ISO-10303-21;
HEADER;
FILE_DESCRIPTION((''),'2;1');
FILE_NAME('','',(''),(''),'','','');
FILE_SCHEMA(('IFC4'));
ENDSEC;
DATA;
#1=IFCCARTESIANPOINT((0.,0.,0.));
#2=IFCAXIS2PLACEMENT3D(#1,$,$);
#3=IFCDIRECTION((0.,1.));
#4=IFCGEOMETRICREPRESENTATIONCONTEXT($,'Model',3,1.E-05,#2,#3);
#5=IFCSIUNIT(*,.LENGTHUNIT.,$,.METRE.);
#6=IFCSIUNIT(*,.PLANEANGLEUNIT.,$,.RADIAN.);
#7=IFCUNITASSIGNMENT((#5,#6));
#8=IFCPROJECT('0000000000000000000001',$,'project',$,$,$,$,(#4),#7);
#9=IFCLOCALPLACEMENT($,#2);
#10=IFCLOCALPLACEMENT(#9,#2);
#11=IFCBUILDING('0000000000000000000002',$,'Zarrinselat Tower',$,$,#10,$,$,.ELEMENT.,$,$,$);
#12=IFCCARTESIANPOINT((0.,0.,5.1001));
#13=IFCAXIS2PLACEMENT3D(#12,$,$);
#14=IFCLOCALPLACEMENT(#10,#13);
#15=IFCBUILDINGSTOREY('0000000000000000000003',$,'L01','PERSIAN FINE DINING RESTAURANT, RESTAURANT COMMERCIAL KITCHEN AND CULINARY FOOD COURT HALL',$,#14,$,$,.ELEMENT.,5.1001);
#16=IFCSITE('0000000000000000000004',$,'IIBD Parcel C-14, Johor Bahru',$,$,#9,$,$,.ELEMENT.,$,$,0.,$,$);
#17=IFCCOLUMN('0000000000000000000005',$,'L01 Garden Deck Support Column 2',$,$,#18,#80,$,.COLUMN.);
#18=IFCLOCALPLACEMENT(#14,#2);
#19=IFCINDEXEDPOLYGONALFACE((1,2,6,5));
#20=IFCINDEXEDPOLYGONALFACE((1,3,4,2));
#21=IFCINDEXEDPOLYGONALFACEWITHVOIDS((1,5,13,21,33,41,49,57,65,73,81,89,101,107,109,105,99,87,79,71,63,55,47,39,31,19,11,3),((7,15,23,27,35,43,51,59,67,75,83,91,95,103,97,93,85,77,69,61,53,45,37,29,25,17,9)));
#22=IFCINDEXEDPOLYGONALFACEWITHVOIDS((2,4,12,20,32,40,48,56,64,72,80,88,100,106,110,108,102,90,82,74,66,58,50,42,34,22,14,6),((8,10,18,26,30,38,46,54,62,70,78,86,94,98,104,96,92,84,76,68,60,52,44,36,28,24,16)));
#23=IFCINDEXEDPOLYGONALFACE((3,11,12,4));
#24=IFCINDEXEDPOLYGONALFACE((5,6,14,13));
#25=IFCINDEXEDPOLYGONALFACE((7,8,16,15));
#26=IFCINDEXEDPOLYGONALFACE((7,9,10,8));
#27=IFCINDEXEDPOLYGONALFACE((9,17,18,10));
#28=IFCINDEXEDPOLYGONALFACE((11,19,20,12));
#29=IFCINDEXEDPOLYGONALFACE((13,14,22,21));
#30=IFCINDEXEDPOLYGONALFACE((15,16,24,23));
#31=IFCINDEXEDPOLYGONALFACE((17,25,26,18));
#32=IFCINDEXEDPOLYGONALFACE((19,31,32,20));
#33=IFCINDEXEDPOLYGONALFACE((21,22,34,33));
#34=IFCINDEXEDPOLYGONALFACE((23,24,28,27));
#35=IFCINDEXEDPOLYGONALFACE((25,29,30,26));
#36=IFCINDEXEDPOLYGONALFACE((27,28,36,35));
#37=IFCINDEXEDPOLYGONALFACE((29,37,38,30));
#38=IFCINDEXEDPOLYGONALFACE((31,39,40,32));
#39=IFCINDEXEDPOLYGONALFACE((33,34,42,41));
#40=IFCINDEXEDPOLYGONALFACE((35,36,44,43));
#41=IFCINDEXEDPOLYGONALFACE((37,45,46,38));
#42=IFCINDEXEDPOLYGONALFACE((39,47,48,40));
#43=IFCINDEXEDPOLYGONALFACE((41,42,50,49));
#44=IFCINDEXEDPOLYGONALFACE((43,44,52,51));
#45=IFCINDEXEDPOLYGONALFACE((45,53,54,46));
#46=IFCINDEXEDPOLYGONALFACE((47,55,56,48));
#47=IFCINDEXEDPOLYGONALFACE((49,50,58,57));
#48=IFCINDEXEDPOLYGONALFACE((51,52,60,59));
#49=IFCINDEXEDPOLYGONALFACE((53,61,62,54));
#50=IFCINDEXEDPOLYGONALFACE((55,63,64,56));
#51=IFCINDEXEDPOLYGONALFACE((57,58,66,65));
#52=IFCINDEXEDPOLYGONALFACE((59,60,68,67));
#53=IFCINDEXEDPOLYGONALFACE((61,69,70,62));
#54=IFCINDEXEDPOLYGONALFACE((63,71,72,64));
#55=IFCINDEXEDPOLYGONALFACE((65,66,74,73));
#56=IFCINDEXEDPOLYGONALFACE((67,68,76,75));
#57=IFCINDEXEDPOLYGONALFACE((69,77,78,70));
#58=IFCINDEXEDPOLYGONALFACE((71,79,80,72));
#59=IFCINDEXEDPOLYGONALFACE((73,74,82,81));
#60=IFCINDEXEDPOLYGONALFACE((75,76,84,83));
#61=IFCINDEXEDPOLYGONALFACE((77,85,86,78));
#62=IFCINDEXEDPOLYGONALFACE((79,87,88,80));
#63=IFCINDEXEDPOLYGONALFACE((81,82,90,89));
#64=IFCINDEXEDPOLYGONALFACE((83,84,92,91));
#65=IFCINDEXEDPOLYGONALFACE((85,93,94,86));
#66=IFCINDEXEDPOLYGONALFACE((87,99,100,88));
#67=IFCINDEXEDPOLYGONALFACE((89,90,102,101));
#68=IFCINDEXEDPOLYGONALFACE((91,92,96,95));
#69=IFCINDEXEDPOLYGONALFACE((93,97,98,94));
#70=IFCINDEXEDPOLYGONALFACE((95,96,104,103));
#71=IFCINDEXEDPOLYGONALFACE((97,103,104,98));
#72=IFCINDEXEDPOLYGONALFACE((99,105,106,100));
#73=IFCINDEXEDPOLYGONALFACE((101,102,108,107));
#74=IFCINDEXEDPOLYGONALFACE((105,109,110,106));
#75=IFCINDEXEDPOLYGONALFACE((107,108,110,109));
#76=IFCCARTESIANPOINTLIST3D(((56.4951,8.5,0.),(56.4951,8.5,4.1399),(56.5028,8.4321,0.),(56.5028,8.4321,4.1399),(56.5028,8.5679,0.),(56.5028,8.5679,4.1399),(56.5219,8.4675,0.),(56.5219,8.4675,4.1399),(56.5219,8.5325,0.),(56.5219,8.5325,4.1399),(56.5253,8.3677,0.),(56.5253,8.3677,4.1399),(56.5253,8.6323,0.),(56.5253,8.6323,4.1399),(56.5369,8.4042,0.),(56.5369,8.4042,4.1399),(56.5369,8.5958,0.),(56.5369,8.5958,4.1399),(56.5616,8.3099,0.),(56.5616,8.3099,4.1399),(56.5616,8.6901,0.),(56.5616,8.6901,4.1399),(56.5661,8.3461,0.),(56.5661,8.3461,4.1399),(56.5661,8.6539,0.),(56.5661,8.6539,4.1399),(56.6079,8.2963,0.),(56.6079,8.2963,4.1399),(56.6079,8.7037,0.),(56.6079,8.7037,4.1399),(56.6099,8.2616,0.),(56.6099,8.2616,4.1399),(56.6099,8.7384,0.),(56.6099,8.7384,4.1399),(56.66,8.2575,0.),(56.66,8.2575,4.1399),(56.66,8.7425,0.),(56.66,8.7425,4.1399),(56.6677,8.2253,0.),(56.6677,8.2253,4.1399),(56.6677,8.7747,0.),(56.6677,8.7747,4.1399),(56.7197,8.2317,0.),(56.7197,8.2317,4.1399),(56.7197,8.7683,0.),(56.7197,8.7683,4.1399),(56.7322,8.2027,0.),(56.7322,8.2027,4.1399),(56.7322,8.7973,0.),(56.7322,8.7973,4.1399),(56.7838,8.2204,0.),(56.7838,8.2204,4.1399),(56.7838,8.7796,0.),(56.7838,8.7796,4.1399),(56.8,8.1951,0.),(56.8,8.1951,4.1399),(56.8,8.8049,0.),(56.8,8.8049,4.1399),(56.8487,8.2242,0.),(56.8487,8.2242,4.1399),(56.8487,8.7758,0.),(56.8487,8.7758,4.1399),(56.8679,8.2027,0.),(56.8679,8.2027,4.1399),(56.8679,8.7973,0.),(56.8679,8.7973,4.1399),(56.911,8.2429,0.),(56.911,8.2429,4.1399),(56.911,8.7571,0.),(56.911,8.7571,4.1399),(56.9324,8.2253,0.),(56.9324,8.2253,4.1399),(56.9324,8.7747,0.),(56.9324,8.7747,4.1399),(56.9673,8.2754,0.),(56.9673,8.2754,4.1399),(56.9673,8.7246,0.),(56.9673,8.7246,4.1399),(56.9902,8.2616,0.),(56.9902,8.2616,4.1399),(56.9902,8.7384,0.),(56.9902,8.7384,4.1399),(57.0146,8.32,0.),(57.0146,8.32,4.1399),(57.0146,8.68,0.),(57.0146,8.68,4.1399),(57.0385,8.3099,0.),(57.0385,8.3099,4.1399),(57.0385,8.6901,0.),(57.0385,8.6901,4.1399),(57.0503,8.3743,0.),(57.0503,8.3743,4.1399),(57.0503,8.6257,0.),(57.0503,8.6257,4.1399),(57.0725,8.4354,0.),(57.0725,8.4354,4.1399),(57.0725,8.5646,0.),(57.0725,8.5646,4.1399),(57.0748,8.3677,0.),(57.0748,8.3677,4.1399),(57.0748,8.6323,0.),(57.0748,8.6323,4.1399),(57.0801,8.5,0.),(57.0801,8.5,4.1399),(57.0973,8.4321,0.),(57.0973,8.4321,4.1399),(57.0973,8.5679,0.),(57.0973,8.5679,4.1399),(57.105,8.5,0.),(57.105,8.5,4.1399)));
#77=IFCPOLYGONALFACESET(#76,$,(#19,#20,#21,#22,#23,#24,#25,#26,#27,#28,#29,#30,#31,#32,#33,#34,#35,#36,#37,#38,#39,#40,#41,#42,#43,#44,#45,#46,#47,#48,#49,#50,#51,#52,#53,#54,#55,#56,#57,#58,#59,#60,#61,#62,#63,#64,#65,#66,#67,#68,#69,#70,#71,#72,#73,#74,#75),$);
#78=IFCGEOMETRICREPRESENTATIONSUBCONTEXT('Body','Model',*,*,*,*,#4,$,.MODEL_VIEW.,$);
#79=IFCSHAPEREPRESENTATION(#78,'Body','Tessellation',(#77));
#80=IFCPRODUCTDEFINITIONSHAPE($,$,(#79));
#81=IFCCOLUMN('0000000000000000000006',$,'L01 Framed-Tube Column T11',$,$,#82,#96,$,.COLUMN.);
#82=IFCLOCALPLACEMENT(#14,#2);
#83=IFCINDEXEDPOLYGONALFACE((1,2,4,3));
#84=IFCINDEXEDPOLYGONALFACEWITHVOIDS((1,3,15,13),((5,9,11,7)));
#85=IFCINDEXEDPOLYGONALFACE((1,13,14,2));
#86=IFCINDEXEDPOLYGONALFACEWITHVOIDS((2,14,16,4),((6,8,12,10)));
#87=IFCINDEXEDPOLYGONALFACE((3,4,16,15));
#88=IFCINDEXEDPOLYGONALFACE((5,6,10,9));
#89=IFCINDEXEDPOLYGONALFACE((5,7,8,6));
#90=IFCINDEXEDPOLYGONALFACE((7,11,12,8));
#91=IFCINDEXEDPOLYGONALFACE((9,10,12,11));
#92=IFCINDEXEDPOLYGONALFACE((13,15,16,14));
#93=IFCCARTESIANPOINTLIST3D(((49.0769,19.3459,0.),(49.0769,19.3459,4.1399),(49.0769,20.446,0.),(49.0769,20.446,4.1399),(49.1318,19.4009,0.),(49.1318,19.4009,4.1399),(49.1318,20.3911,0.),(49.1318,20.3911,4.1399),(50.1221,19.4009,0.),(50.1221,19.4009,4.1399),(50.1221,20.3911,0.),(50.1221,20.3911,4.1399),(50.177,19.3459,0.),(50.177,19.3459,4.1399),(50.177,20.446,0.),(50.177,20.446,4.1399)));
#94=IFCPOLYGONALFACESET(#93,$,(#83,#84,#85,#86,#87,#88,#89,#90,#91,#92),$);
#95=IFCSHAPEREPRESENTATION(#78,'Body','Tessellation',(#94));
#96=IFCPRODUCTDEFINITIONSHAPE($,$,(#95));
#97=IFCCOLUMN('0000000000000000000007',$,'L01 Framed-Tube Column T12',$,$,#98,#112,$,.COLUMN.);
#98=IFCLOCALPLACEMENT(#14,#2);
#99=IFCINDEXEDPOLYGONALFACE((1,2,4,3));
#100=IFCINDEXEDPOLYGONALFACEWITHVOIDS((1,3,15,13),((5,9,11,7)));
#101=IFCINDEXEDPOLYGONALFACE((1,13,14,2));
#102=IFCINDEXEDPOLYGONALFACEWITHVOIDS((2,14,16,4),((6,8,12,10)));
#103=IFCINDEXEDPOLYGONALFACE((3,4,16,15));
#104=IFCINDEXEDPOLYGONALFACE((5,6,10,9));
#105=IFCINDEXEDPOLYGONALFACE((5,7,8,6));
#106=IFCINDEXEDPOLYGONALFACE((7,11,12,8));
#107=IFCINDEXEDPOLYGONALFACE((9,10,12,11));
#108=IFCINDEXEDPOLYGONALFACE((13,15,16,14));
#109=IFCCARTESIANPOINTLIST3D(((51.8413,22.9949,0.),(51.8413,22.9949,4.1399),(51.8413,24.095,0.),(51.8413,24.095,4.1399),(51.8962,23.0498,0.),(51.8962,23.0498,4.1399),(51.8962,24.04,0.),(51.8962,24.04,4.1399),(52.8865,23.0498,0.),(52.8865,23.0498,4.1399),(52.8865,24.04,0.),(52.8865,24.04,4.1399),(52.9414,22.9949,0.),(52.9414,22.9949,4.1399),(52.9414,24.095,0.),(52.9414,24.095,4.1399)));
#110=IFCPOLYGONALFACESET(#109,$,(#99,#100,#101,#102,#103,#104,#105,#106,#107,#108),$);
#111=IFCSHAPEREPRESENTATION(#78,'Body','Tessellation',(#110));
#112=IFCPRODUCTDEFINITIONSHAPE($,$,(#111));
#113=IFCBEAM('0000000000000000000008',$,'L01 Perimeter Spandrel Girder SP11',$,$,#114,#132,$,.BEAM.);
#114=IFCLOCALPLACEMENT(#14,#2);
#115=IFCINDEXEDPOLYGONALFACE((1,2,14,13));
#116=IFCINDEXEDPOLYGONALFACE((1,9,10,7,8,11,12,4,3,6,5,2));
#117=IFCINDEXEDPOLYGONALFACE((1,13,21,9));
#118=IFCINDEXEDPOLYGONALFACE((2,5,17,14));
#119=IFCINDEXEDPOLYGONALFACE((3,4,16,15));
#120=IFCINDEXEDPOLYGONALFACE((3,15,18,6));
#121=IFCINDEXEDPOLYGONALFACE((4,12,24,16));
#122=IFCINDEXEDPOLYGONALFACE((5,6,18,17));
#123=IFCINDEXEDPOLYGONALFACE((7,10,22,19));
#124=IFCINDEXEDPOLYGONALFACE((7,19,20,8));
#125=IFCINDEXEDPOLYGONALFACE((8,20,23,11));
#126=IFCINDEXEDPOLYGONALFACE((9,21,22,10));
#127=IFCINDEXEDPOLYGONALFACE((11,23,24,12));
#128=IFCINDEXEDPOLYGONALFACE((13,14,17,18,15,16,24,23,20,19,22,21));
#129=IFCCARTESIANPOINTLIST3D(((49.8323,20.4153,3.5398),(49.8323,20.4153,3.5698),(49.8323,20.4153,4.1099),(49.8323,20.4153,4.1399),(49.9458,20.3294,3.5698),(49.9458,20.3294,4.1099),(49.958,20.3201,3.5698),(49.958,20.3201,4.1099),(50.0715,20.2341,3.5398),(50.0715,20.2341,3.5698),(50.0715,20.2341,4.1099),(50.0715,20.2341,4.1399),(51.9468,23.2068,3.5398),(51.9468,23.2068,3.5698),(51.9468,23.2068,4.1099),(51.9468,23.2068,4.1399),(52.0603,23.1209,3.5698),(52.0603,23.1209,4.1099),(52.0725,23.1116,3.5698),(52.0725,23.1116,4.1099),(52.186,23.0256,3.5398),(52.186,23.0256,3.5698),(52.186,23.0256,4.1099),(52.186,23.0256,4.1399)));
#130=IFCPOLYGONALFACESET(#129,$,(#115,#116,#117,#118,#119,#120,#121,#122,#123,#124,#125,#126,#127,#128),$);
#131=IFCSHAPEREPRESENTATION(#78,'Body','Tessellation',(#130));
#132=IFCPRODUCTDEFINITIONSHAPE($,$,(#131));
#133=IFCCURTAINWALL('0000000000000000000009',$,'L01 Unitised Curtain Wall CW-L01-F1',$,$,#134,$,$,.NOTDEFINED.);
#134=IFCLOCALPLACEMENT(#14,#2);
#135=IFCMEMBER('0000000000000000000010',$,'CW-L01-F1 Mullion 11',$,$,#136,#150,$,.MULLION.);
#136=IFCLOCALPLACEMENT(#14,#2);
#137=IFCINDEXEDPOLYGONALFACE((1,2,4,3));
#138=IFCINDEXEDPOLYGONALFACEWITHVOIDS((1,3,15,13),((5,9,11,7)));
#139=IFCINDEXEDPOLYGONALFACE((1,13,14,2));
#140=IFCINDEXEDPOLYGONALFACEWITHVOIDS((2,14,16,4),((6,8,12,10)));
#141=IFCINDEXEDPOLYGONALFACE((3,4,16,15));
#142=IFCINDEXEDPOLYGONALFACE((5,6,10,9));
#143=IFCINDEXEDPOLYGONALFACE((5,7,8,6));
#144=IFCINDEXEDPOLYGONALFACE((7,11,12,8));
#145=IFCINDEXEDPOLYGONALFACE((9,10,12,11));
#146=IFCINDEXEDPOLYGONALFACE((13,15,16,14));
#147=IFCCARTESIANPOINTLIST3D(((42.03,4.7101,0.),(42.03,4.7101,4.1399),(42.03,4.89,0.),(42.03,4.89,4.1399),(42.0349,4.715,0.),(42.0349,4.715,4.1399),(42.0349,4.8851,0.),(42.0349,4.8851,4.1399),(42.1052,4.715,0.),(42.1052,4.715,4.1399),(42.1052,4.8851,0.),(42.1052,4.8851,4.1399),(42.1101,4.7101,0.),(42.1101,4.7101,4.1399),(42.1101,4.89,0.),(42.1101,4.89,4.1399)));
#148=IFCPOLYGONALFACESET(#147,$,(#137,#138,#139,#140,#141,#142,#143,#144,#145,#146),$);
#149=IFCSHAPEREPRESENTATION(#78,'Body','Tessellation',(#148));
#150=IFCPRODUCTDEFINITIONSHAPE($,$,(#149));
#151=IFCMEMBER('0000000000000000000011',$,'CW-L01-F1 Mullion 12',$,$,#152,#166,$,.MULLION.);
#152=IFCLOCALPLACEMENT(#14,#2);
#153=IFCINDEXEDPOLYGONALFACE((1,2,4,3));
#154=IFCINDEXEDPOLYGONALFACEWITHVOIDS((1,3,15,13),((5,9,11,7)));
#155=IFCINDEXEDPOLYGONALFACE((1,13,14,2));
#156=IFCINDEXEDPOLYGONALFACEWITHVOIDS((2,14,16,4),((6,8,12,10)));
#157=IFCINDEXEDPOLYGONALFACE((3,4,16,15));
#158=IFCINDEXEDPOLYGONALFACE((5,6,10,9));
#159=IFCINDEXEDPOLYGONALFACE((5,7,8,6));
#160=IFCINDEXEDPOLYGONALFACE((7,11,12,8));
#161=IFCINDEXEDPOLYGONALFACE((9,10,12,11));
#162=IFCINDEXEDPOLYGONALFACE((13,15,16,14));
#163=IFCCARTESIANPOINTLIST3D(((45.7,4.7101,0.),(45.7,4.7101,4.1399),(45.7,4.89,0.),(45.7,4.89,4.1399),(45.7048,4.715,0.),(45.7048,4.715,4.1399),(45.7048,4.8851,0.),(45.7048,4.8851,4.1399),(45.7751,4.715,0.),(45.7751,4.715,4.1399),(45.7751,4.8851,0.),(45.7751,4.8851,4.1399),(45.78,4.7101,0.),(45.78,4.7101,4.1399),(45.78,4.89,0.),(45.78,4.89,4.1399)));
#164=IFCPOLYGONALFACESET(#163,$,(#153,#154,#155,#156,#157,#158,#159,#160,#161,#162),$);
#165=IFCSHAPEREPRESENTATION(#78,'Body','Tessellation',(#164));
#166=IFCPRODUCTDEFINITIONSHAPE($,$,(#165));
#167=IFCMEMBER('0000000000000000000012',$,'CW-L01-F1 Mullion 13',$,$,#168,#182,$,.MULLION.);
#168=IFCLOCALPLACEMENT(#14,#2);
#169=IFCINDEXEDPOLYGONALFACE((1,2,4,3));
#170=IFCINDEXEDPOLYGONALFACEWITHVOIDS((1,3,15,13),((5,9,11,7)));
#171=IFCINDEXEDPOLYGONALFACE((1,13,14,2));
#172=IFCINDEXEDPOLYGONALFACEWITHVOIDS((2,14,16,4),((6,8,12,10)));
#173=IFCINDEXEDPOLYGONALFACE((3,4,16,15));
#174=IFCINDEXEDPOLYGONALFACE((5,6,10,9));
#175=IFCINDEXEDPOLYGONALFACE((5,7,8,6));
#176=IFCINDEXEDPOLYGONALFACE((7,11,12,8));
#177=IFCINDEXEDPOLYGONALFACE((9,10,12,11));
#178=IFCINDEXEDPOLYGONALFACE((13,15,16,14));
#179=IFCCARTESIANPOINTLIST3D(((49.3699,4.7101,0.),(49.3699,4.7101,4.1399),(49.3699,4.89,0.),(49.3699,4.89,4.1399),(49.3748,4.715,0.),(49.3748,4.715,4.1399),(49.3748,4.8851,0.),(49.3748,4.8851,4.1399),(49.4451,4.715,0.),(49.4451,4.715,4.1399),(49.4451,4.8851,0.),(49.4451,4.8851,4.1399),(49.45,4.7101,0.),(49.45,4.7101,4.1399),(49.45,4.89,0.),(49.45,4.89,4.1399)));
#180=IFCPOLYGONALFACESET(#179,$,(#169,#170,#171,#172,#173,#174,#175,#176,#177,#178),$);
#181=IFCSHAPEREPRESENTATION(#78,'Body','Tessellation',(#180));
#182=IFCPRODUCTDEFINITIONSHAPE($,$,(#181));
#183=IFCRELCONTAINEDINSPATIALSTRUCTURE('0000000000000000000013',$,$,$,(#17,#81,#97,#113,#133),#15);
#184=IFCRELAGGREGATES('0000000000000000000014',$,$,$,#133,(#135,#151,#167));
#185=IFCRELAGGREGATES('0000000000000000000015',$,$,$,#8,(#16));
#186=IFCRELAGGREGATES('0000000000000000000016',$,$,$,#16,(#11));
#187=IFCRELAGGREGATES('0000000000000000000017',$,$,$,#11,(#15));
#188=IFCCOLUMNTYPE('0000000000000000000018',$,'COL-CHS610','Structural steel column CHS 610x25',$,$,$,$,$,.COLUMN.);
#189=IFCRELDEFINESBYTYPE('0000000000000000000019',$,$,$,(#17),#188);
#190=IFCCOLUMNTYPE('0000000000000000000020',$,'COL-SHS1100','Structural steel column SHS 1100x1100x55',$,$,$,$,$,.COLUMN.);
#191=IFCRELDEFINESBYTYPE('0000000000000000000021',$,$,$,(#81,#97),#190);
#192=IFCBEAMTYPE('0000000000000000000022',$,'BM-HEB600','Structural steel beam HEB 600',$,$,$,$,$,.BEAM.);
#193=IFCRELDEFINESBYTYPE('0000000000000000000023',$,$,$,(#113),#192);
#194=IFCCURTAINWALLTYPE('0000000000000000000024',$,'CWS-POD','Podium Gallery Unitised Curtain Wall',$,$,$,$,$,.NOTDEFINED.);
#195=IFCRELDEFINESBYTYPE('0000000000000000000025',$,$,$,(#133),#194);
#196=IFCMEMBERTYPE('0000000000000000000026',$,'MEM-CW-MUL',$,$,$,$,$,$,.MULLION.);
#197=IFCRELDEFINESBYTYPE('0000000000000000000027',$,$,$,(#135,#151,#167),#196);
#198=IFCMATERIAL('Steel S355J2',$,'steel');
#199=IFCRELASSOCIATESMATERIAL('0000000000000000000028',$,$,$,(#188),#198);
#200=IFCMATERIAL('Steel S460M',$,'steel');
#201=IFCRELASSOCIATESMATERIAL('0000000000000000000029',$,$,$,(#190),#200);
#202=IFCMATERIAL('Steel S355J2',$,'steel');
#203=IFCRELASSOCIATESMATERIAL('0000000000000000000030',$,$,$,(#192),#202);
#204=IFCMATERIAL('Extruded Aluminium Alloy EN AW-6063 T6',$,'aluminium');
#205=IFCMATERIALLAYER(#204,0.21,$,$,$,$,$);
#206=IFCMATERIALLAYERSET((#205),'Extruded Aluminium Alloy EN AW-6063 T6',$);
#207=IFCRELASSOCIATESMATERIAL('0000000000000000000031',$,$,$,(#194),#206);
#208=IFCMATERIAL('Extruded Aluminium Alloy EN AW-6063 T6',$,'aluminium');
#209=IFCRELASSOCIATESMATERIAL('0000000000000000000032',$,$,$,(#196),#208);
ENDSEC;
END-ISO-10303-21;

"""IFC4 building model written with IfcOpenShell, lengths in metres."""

from ifc_helpers import new_model, si_unit, direction, frame, origin, origin_2d, place, context, subcontext, project, spatial, hollow_rectangle, hollow_circle, i_section, extrude, material, layer, layer_set, material_profile, profile_set, type_object, element, aggregate, save


model = new_model("IFC4")

# Units and contexts
model_context = context("Model", 3, precision=1e-05, world=origin(), true_north=direction((0.0, 1.0)))
body_context = subcontext(model_context, "Body", "Model", "MODEL_VIEW")
ifc_project = project(units=[si_unit("LENGTHUNIT", "METRE"), si_unit("PLANEANGLEUNIT", "RADIAN")], contexts=[model_context])

# Site, building, storey
site_placement = place(None, origin())
site = spatial("IfcSite", under=ifc_project, at=site_placement, Name="IIBD Parcel C-14, Johor Bahru", CompositionType="ELEMENT", RefElevation=0.0)
building_placement = place(site_placement, origin())
building = spatial("IfcBuilding", under=site, at=building_placement, Name="Zarrinselat Tower", CompositionType="ELEMENT")
storey_placement = place(building_placement, frame((0.0, 0.0, 5.1001)))
storey = spatial("IfcBuildingStorey", under=building, at=storey_placement, Name="L01", Description="PERSIAN FINE DINING RESTAURANT, RESTAURANT COMMERCIAL KITCHEN AND CULINARY FOOD COURT HALL", CompositionType="ELEMENT", Elevation=5.1001)

# Columns
ifc_material_1 = material(Name="Steel S355J2", Category="steel")
ifc_material_profile_1 = material_profile(ifc_material_1, hollow_circle(Radius=0.3049, WallThickness=0.0249, at=origin_2d()), Name="CHS 610x25")
ifc_profile_set_1 = profile_set([ifc_material_profile_1], Name="Steel S355J2")
column_type_1 = type_object("IfcColumnType", Name="COL-CHS610", Description="Structural steel column CHS 610x25", PredefinedType="COLUMN", material=ifc_profile_set_1)
column_placement = place(storey_placement, frame((56.8, 8.5, 0.0), z_axis=(0.0, 0.0, 1.0), x_axis=(1.0, 0.0, 0.0)))
element("IfcColumn", 1, at=column_placement, inside=storey, type_object=column_type_1, Name="L01 Garden Deck Support Column 2", PredefinedType="COLUMN", context=body_context, shape_type="SweptSolid", body=[
    extrude(hollow_circle(Radius=0.3049, WallThickness=0.0249, at=origin_2d()), origin(), (0.0, 0.0, 1.0), 4.1399),
])
ifc_material_2 = material(Name="Steel S460M", Category="steel")
ifc_material_profile_2 = material_profile(ifc_material_2, hollow_rectangle(XDim=1.1001, YDim=1.1001, WallThickness=0.0549, at=origin_2d()), Name="SHS 1100x1100x55")
ifc_profile_set_2 = profile_set([ifc_material_profile_2], Name="Steel S460M")
column_type_2 = type_object("IfcColumnType", Name="COL-SHS1100", Description="Structural steel column SHS 1100x1100x55", PredefinedType="COLUMN", material=ifc_profile_set_2)
for number, where, z_axis, x_axis, name in (
    (2, (49.627, 19.896, 0.0), (0.0, 0.0, 1.0), (1.0, 0.0, 0.0), "L01 Framed-Tube Column T11"),
    (3, (52.3914, 23.5449, 0.0), (0.0, 0.0, 1.0), (1.0, 0.0, 0.0), "L01 Framed-Tube Column T12"),
):
    element("IfcColumn", number, at=place(storey_placement, frame(where, z_axis=z_axis, x_axis=x_axis)), inside=storey, type_object=column_type_2, Name=name, PredefinedType="COLUMN", context=body_context, shape_type="SweptSolid", body=[
        extrude(hollow_rectangle(XDim=1.1001, YDim=1.1001, WallThickness=0.0549, at=origin_2d()), origin(), (0.0, 0.0, 1.0), 4.1399),
    ])

# Beam
ifc_material_3 = material(Name="Steel S355J2", Category="steel")
ifc_material_profile_3 = material_profile(ifc_material_3, i_section(OverallWidth=0.3, OverallDepth=0.6001, WebThickness=0.0154, FlangeThickness=0.03, at=origin_2d()), Name="HEB 600")
ifc_profile_set_3 = profile_set([ifc_material_profile_3], Name="Steel S355J2")
beam_type = type_object("IfcBeamType", Name="BM-HEB600", Description="Structural steel beam HEB 600", PredefinedType="BEAM", material=ifc_profile_set_3)
beam_placement = place(storey_placement, frame((49.9519, 20.3247, 3.8398), z_axis=(0.603808, 0.79713, 0.0), x_axis=(-0.79713, 0.603808, 0.0)))
element("IfcBeam", 4, at=beam_placement, inside=storey, type_object=beam_type, Name="L01 Perimeter Spandrel Girder SP11", PredefinedType="BEAM", context=body_context, shape_type="SweptSolid", body=[
    extrude(i_section(OverallWidth=0.3, OverallDepth=0.6001, WebThickness=0.0154, FlangeThickness=0.03, at=origin_2d()), origin(), (0.0, 0.0, 1.0), 3.502),
])

# Curtain wall, members
ifc_material_4 = material(Name="Extruded Aluminium Alloy EN AW-6063 T6", Category="aluminium")
ifc_layer_1 = layer(ifc_material_4, 0.21)
ifc_layer_set_1 = layer_set([ifc_layer_1], Name="Extruded Aluminium Alloy EN AW-6063 T6")
curtain_wall_type = type_object("IfcCurtainWallType", Name="CWS-POD", Description="Podium Gallery Unitised Curtain Wall", PredefinedType="NOTDEFINED", material=ifc_layer_set_1)
curtain_wall_placement = place(storey_placement, origin())
curtain_wall = element("IfcCurtainWall", 5, at=curtain_wall_placement, inside=storey, type_object=curtain_wall_type, Name="L01 Unitised Curtain Wall CW-L01-F1", PredefinedType="NOTDEFINED")
ifc_material_5 = material(Name="Extruded Aluminium Alloy EN AW-6063 T6", Category="aluminium")
ifc_material_profile_4 = material_profile(ifc_material_5, hollow_rectangle(XDim=0.0801, YDim=0.1799, WallThickness=0.0049, at=origin_2d()), Name="RHS 180x80x5")
ifc_profile_set_4 = profile_set([ifc_material_profile_4], Name="Extruded Aluminium Alloy EN AW-6063 T6")
member_type = type_object("IfcMemberType", Name="MEM-CW-MUL", PredefinedType="MULLION", material=ifc_profile_set_4)
member_1_placement = place(storey_placement, frame((42.0701, 4.8, 0.0), z_axis=(0.0, 0.0, 1.0), x_axis=(1.0, 0.0, 0.0)))
member_1 = element("IfcMember", 6, at=member_1_placement, type_object=member_type, Name="CW-L01-F1 Mullion 11", PredefinedType="MULLION", context=body_context, shape_type="SweptSolid", body=[
    extrude(hollow_rectangle(XDim=0.0801, YDim=0.1799, WallThickness=0.0049, at=origin_2d()), origin(), (0.0, 0.0, 1.0), 4.1399),
])
member_2_placement = place(storey_placement, frame((45.74, 4.8, 0.0), z_axis=(0.0, 0.0, 1.0), x_axis=(1.0, 0.0, 0.0)))
member_2 = element("IfcMember", 7, at=member_2_placement, type_object=member_type, Name="CW-L01-F1 Mullion 12", PredefinedType="MULLION", context=body_context, shape_type="SweptSolid", body=[
    extrude(hollow_rectangle(XDim=0.0801, YDim=0.1799, WallThickness=0.0049, at=origin_2d()), origin(), (0.0, 0.0, 1.0), 4.1399),
])
member_3_placement = place(storey_placement, frame((49.4099, 4.8, 0.0), z_axis=(0.0, 0.0, 1.0), x_axis=(1.0, 0.0, 0.0)))
member_3 = element("IfcMember", 8, at=member_3_placement, type_object=member_type, Name="CW-L01-F1 Mullion 13", PredefinedType="MULLION", context=body_context, shape_type="SweptSolid", body=[
    extrude(hollow_rectangle(XDim=0.0801, YDim=0.1799, WallThickness=0.0049, at=origin_2d()), origin(), (0.0, 0.0, 1.0), 4.1399),
])
aggregate(curtain_wall, [member_1, member_2, member_3])

save(model, "model.ifc")
